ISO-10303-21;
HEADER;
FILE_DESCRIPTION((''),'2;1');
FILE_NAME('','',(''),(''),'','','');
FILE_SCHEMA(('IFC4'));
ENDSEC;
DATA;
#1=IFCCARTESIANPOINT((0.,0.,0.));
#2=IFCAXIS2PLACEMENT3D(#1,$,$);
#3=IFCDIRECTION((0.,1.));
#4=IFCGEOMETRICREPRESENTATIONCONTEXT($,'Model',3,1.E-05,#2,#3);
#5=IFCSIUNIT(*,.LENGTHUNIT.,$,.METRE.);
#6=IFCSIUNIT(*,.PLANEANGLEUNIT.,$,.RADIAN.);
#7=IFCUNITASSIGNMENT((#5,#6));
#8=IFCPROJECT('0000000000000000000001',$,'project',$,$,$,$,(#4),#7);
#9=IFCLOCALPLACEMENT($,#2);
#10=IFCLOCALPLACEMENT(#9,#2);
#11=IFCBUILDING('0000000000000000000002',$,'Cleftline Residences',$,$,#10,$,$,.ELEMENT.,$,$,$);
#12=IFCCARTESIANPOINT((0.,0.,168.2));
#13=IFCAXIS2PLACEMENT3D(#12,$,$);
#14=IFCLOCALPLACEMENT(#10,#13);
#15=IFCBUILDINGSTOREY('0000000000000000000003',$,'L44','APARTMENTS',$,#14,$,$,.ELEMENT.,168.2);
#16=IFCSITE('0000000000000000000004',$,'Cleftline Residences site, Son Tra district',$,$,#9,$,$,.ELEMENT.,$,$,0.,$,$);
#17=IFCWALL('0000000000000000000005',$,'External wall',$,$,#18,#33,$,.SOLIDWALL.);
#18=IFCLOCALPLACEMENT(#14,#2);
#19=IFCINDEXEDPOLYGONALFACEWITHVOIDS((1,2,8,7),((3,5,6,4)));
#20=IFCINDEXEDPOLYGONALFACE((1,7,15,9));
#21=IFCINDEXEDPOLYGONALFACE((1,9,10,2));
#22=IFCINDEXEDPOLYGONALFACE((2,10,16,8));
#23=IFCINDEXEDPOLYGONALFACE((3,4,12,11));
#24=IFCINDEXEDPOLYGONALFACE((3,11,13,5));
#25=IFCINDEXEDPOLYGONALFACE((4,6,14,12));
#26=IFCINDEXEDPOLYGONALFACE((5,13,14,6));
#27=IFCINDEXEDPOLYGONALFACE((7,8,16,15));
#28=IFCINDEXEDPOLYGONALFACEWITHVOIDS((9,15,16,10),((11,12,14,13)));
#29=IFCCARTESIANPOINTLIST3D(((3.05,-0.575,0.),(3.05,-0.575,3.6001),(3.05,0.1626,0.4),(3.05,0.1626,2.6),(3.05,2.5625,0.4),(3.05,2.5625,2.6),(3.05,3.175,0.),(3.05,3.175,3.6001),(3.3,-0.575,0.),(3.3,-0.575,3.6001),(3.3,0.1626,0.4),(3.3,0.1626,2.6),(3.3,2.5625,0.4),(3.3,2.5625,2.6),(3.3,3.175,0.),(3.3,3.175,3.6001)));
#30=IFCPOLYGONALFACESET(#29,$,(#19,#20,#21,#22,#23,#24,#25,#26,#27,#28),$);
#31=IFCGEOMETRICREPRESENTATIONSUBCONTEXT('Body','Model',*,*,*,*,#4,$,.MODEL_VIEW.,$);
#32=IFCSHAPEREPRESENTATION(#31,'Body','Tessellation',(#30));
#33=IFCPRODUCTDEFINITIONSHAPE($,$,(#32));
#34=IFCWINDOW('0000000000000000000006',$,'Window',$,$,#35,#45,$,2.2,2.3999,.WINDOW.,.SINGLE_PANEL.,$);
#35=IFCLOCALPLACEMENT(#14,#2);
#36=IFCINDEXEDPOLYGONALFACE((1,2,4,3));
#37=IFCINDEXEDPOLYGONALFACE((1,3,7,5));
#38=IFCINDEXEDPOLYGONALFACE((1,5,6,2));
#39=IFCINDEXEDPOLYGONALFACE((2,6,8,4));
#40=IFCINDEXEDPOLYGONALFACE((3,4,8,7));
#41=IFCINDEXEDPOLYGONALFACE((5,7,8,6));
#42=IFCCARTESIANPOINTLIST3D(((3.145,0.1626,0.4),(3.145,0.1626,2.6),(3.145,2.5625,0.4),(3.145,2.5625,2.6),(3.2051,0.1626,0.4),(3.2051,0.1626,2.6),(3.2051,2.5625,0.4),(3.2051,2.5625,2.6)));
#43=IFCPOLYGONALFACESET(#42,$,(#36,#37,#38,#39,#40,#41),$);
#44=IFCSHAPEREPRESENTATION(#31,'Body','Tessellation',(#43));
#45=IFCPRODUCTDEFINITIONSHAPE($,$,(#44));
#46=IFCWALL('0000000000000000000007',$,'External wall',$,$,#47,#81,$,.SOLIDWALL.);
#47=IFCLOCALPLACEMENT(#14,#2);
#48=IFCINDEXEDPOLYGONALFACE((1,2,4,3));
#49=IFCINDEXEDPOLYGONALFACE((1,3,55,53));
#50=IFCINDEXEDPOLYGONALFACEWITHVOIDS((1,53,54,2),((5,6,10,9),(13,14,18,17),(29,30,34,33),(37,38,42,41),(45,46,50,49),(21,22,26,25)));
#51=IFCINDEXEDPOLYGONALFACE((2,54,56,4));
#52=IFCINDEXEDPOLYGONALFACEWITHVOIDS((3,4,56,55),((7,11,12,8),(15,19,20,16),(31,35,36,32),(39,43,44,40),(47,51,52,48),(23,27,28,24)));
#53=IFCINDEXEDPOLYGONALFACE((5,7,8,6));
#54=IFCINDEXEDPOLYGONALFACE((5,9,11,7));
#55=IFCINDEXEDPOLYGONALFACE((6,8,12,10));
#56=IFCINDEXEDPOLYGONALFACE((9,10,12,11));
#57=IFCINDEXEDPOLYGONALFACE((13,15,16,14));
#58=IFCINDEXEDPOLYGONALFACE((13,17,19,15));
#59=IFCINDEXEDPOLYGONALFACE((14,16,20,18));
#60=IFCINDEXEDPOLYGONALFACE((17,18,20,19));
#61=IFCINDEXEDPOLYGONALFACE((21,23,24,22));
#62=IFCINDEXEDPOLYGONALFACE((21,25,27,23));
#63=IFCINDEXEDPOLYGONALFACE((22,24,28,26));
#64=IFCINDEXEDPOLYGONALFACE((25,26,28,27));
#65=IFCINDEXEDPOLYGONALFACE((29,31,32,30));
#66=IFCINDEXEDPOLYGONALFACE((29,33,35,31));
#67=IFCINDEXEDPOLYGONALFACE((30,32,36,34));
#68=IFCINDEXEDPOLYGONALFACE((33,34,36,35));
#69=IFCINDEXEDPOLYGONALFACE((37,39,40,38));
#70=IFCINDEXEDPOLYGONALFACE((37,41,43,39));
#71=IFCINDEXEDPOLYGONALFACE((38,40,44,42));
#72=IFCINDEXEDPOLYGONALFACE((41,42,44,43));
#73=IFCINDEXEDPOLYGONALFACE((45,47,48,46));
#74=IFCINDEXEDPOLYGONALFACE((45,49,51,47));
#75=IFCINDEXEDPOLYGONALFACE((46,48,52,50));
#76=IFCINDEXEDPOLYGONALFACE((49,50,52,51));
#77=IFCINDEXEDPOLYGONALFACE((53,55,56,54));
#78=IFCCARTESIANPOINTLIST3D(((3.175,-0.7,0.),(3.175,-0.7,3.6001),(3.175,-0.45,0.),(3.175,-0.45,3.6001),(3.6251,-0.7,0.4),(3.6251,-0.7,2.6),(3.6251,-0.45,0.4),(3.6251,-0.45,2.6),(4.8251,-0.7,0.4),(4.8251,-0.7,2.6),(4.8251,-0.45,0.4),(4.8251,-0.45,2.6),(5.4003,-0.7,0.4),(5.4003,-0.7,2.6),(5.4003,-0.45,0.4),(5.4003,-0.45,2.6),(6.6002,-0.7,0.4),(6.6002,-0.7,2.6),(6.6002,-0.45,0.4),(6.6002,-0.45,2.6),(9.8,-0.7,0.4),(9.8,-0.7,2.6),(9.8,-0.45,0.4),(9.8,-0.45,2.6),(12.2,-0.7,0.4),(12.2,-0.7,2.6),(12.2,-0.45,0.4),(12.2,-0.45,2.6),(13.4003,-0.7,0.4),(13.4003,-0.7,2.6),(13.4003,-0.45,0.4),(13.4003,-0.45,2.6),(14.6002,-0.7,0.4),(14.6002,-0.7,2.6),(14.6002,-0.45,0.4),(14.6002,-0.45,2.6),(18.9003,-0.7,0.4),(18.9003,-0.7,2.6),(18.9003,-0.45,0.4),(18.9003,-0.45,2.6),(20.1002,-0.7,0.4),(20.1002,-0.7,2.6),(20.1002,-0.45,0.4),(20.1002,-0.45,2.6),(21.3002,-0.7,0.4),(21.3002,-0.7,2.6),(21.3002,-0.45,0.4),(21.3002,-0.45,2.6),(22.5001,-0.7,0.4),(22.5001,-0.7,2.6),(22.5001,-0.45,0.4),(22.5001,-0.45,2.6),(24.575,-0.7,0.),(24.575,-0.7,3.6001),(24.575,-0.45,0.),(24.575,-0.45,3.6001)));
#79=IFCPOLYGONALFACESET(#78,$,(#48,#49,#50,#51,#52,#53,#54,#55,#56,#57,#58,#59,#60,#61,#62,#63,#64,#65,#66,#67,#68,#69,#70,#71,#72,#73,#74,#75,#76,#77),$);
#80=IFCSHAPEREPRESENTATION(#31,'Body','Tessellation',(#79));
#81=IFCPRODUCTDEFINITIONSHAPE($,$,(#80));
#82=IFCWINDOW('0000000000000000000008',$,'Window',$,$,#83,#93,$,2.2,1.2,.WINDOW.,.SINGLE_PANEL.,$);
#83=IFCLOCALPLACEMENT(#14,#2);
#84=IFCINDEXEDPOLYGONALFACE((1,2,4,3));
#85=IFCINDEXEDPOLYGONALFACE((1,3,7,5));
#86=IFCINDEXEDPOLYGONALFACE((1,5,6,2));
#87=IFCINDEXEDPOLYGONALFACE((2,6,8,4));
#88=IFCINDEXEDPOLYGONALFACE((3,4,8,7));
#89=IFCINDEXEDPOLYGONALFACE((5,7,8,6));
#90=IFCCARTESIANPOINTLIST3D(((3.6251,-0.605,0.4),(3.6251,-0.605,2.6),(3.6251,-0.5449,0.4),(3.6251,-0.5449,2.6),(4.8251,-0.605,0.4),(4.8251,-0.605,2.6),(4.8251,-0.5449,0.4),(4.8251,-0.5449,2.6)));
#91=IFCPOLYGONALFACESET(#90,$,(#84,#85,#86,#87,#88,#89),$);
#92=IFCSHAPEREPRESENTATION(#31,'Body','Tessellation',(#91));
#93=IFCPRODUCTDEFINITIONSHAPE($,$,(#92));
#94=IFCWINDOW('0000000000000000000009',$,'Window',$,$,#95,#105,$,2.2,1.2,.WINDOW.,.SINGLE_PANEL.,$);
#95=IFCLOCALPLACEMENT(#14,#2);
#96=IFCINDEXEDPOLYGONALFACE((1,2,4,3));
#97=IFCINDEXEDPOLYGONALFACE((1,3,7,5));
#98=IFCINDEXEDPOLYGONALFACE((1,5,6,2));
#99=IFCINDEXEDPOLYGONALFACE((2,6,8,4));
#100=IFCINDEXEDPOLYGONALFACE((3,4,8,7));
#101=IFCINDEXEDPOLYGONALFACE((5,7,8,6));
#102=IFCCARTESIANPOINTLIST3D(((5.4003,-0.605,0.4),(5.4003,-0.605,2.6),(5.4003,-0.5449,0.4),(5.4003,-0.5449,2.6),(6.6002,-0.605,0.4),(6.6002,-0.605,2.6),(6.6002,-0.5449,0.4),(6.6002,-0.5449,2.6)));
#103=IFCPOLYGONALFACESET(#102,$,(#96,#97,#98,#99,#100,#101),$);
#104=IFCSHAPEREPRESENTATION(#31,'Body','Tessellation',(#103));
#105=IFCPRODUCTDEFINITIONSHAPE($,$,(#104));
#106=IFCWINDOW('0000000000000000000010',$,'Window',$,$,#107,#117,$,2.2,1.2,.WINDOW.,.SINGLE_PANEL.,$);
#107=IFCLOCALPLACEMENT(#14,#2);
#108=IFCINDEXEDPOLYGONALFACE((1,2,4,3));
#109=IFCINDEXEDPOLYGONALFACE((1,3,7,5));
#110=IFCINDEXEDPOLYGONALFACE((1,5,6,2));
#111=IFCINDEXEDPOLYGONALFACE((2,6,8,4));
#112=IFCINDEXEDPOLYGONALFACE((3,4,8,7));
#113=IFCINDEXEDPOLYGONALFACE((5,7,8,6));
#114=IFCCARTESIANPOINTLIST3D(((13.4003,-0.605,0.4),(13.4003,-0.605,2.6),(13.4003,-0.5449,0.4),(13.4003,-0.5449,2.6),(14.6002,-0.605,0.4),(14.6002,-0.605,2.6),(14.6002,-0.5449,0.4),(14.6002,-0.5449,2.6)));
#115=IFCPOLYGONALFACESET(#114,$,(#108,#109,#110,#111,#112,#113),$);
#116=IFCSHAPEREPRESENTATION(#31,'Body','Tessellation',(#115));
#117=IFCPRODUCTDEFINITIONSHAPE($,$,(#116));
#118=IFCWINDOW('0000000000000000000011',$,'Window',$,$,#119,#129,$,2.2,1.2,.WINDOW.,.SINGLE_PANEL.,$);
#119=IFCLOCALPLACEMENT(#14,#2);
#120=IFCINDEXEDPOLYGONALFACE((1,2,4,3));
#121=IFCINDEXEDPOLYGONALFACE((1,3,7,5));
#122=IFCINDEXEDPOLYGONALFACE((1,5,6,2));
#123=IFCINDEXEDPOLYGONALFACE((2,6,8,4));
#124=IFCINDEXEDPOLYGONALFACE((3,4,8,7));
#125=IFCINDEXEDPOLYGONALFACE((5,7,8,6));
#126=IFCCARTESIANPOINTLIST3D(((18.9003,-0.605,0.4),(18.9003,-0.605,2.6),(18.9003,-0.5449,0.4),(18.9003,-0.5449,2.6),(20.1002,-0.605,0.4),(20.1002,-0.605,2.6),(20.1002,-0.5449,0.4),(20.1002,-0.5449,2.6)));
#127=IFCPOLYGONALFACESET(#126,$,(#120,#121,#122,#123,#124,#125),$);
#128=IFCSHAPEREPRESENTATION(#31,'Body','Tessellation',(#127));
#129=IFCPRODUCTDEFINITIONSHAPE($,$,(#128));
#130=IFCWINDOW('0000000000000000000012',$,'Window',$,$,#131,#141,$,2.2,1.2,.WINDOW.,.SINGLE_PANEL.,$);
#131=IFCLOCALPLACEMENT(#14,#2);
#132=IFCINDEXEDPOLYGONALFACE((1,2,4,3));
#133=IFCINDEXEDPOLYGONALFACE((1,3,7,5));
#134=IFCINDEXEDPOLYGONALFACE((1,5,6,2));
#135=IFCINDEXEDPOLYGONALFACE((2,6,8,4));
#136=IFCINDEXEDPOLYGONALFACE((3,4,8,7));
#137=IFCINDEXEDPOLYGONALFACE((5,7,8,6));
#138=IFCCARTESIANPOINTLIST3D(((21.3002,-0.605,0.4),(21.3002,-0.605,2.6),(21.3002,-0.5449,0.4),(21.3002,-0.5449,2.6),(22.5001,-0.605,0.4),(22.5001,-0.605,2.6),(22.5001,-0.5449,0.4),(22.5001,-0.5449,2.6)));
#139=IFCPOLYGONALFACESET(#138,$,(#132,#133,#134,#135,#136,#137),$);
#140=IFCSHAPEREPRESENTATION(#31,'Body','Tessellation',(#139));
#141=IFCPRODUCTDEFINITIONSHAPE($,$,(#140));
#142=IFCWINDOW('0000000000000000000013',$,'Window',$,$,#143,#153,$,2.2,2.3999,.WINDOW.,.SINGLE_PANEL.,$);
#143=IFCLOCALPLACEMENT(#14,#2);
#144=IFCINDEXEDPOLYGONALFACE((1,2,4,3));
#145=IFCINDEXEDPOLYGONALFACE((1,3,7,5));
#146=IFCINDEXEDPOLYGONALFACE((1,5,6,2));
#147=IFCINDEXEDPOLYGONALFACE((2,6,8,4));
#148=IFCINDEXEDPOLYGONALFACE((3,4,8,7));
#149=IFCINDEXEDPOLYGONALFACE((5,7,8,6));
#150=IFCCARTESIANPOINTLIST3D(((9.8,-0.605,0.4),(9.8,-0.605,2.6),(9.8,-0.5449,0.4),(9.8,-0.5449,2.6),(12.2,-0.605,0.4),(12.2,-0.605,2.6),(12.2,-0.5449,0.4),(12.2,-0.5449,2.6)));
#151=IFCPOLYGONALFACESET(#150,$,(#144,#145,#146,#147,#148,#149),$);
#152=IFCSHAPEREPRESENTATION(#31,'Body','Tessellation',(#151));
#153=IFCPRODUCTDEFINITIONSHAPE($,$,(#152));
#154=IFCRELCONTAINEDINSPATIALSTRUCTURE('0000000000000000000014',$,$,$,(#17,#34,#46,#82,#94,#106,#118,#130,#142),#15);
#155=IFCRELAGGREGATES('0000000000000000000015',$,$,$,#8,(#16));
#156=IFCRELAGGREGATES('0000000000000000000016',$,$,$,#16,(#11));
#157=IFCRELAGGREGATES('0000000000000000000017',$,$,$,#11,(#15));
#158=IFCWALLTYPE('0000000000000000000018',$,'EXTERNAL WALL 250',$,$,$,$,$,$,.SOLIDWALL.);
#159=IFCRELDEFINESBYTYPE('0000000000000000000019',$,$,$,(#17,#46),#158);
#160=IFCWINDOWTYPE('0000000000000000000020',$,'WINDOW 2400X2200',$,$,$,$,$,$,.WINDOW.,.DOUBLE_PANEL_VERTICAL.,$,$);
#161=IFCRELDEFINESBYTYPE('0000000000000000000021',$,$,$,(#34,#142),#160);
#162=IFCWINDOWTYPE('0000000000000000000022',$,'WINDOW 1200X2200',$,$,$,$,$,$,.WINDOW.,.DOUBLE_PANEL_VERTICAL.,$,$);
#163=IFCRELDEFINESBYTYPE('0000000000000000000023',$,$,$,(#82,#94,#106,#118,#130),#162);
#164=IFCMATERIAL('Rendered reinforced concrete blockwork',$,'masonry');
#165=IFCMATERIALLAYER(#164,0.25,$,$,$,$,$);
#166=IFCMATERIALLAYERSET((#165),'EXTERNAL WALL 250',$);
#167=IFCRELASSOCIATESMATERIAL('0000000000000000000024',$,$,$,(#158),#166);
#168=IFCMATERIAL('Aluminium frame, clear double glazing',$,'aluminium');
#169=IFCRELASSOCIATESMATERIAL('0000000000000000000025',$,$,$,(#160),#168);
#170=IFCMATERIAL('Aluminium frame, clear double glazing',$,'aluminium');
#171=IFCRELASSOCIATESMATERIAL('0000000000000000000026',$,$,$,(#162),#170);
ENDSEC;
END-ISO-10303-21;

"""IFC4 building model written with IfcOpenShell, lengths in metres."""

from ifc_helpers import new_model, si_unit, direction, frame, frame_2d, origin, place, context, subcontext, project, spatial, rectangle, extrude, material, layer, layer_set, type_object, element, fill, save


model = new_model("IFC4")

# Units and contexts
model_context = context("Model", 3, precision=1e-05, world=origin(), true_north=direction((0.0, 1.0)))
body_context = subcontext(model_context, "Body", "Model", "MODEL_VIEW")
ifc_project = project(units=[si_unit("LENGTHUNIT", "METRE"), si_unit("PLANEANGLEUNIT", "RADIAN")], contexts=[model_context])

# Site, building, storey
site_placement = place(None, origin())
site = spatial("IfcSite", under=ifc_project, at=site_placement, Name="Cleftline Residences site, Son Tra district", CompositionType="ELEMENT", RefElevation=0.0)
building_placement = place(site_placement, origin())
building = spatial("IfcBuilding", under=site, at=building_placement, Name="Cleftline Residences", CompositionType="ELEMENT")
storey_placement = place(building_placement, frame((0.0, 0.0, 168.2)))
storey = spatial("IfcBuildingStorey", under=building, at=storey_placement, Name="L44", Description="APARTMENTS", CompositionType="ELEMENT", Elevation=168.2)

# Wall, opening, window
ifc_material_1 = material(Name="Rendered reinforced concrete blockwork", Category="masonry")
ifc_layer_1 = layer(ifc_material_1, 0.25)
ifc_layer_set_1 = layer_set([ifc_layer_1], Name="EXTERNAL WALL 250")
wall_type_1 = type_object("IfcWallType", Name="EXTERNAL WALL 250", PredefinedType="SOLIDWALL", material=ifc_layer_set_1)
wall_1_placement = place(storey_placement, frame((3.175, 3.175, 0.0), z_axis=(0.0, 0.0, 1.0), x_axis=(0.0, -1.0, 0.0)))
wall_1 = element("IfcWall", 1, at=wall_1_placement, inside=storey, type_object=wall_type_1, Name="External wall", PredefinedType="SOLIDWALL", context=body_context, shape_type="SweptSolid", body=[
    extrude(rectangle(XDim=3.75, YDim=0.25, at=frame_2d((1.875, 0.0))), origin(), (0.0, 0.0, 1.0), 3.6001),
])
opening_1_placement = place(wall_1_placement, frame((0.6125, 0.0, 0.3999)))
opening_1 = element("IfcOpeningElement", 2, at=opening_1_placement, cuts=wall_1, PredefinedType="OPENING", context=body_context, shape_type="SweptSolid", body=[
    extrude(rectangle(XDim=2.3999, YDim=2.2, at=frame_2d((1.2, 1.1001))), frame((0.0, 0.135, 0.0), z_axis=(0.0, -1.0, 0.0), x_axis=(1.0, 0.0, 0.0)), (0.0, 0.0, 1.0), 0.27),
])
ifc_material_2 = material(Name="Aluminium frame, clear double glazing", Category="aluminium")
window_type_1 = type_object("IfcWindowType", Name="WINDOW 2400X2200", PartitioningType="DOUBLE_PANEL_VERTICAL", PredefinedType="WINDOW", material=ifc_material_2)
window_1_placement = place(opening_1_placement, origin())
window_1 = element("IfcWindow", 3, at=window_1_placement, inside=storey, type_object=window_type_1, Name="Window", OverallHeight=2.2, OverallWidth=2.3999, PartitioningType="SINGLE_PANEL", PredefinedType="WINDOW", context=body_context, shape_type="SweptSolid", body=[
    extrude(rectangle(XDim=2.3999, YDim=2.2, at=frame_2d((1.2, 1.1001))), frame((0.0, 0.03, 0.0), z_axis=(0.0, -1.0, 0.0), x_axis=(1.0, 0.0, 0.0)), (0.0, 0.0, 1.0), 0.0601),
])
fill(opening_1, window_1)

# Wall, openings, windows
wall_2_placement = place(storey_placement, frame((3.175, -0.575, 0.0), z_axis=(0.0, 0.0, 1.0), x_axis=(1.0, 0.0, 0.0)))
wall_2 = element("IfcWall", 4, at=wall_2_placement, inside=storey, type_object=wall_type_1, Name="External wall", PredefinedType="SOLIDWALL", context=body_context, shape_type="SweptSolid", body=[
    extrude(rectangle(XDim=21.3999, YDim=0.25, at=frame_2d((10.7, 0.0))), origin(), (0.0, 0.0, 1.0), 3.6001),
])
opening_2_placement = place(wall_2_placement, frame((0.45, 0.0, 0.3999)))
opening_2 = element("IfcOpeningElement", 5, at=opening_2_placement, cuts=wall_2, PredefinedType="OPENING", context=body_context, shape_type="SweptSolid", body=[
    extrude(rectangle(XDim=1.2, YDim=2.2, at=frame_2d((0.6001, 1.1001))), frame((0.0, 0.135, 0.0), z_axis=(0.0, -1.0, 0.0), x_axis=(1.0, 0.0, 0.0)), (0.0, 0.0, 1.0), 0.27),
])
opening_3_placement = place(wall_2_placement, frame((2.2251, 0.0, 0.3999)))
opening_3 = element("IfcOpeningElement", 6, at=opening_3_placement, cuts=wall_2, PredefinedType="OPENING", context=body_context, shape_type="SweptSolid", body=[
    extrude(rectangle(XDim=1.2, YDim=2.2, at=frame_2d((0.6001, 1.1001))), frame((0.0, 0.135, 0.0), z_axis=(0.0, -1.0, 0.0), x_axis=(1.0, 0.0, 0.0)), (0.0, 0.0, 1.0), 0.27),
])
opening_4_placement = place(wall_2_placement, frame((6.625, 0.0, 0.3999)))
opening_4 = element("IfcOpeningElement", 7, at=opening_4_placement, cuts=wall_2, PredefinedType="OPENING", context=body_context, shape_type="SweptSolid", body=[
    extrude(rectangle(XDim=2.3999, YDim=2.2, at=frame_2d((1.2, 1.1001))), frame((0.0, 0.135, 0.0), z_axis=(0.0, -1.0, 0.0), x_axis=(1.0, 0.0, 0.0)), (0.0, 0.0, 1.0), 0.27),
])
opening_5_placement = place(wall_2_placement, frame((10.2251, 0.0, 0.3999)))
opening_5 = element("IfcOpeningElement", 8, at=opening_5_placement, cuts=wall_2, PredefinedType="OPENING", context=body_context, shape_type="SweptSolid", body=[
    extrude(rectangle(XDim=1.2, YDim=2.2, at=frame_2d((0.6001, 1.1001))), frame((0.0, 0.135, 0.0), z_axis=(0.0, -1.0, 0.0), x_axis=(1.0, 0.0, 0.0)), (0.0, 0.0, 1.0), 0.27),
])
opening_6_placement = place(wall_2_placement, frame((15.7251, 0.0, 0.3999)))
opening_6 = element("IfcOpeningElement", 9, at=opening_6_placement, cuts=wall_2, PredefinedType="OPENING", context=body_context, shape_type="SweptSolid", body=[
    extrude(rectangle(XDim=1.2, YDim=2.2, at=frame_2d((0.6001, 1.1001))), frame((0.0, 0.135, 0.0), z_axis=(0.0, -1.0, 0.0), x_axis=(1.0, 0.0, 0.0)), (0.0, 0.0, 1.0), 0.27),
])
opening_7_placement = place(wall_2_placement, frame((18.125, 0.0, 0.3999)))
opening_7 = element("IfcOpeningElement", 10, at=opening_7_placement, cuts=wall_2, PredefinedType="OPENING", context=body_context, shape_type="SweptSolid", body=[
    extrude(rectangle(XDim=1.2, YDim=2.2, at=frame_2d((0.6001, 1.1001))), frame((0.0, 0.135, 0.0), z_axis=(0.0, -1.0, 0.0), x_axis=(1.0, 0.0, 0.0)), (0.0, 0.0, 1.0), 0.27),
])
ifc_material_3 = material(Name="Aluminium frame, clear double glazing", Category="aluminium")
window_type_2 = type_object("IfcWindowType", Name="WINDOW 1200X2200", PartitioningType="DOUBLE_PANEL_VERTICAL", PredefinedType="WINDOW", material=ifc_material_3)
window_2_placement = place(opening_2_placement, origin())
window_2 = element("IfcWindow", 11, at=window_2_placement, inside=storey, type_object=window_type_2, Name="Window", OverallHeight=2.2, OverallWidth=1.2, PartitioningType="SINGLE_PANEL", PredefinedType="WINDOW", context=body_context, shape_type="SweptSolid", body=[
    extrude(rectangle(XDim=1.2, YDim=2.2, at=frame_2d((0.6001, 1.1001))), frame((0.0, 0.03, 0.0), z_axis=(0.0, -1.0, 0.0), x_axis=(1.0, 0.0, 0.0)), (0.0, 0.0, 1.0), 0.0601),
])
fill(opening_2, window_2)
window_3_placement = place(opening_3_placement, origin())
window_3 = element("IfcWindow", 12, at=window_3_placement, inside=storey, type_object=window_type_2, Name="Window", OverallHeight=2.2, OverallWidth=1.2, PartitioningType="SINGLE_PANEL", PredefinedType="WINDOW", context=body_context, shape_type="SweptSolid", body=[
    extrude(rectangle(XDim=1.2, YDim=2.2, at=frame_2d((0.6001, 1.1001))), frame((0.0, 0.03, 0.0), z_axis=(0.0, -1.0, 0.0), x_axis=(1.0, 0.0, 0.0)), (0.0, 0.0, 1.0), 0.0601),
])
fill(opening_3, window_3)
window_4_placement = place(opening_5_placement, origin())
window_4 = element("IfcWindow", 13, at=window_4_placement, inside=storey, type_object=window_type_2, Name="Window", OverallHeight=2.2, OverallWidth=1.2, PartitioningType="SINGLE_PANEL", PredefinedType="WINDOW", context=body_context, shape_type="SweptSolid", body=[
    extrude(rectangle(XDim=1.2, YDim=2.2, at=frame_2d((0.6001, 1.1001))), frame((0.0, 0.03, 0.0), z_axis=(0.0, -1.0, 0.0), x_axis=(1.0, 0.0, 0.0)), (0.0, 0.0, 1.0), 0.0601),
])
fill(opening_5, window_4)
window_5_placement = place(opening_6_placement, origin())
window_5 = element("IfcWindow", 14, at=window_5_placement, inside=storey, type_object=window_type_2, Name="Window", OverallHeight=2.2, OverallWidth=1.2, PartitioningType="SINGLE_PANEL", PredefinedType="WINDOW", context=body_context, shape_type="SweptSolid", body=[
    extrude(rectangle(XDim=1.2, YDim=2.2, at=frame_2d((0.6001, 1.1001))), frame((0.0, 0.03, 0.0), z_axis=(0.0, -1.0, 0.0), x_axis=(1.0, 0.0, 0.0)), (0.0, 0.0, 1.0), 0.0601),
])
fill(opening_6, window_5)
window_6_placement = place(opening_7_placement, origin())
window_6 = element("IfcWindow", 15, at=window_6_placement, inside=storey, type_object=window_type_2, Name="Window", OverallHeight=2.2, OverallWidth=1.2, PartitioningType="SINGLE_PANEL", PredefinedType="WINDOW", context=body_context, shape_type="SweptSolid", body=[
    extrude(rectangle(XDim=1.2, YDim=2.2, at=frame_2d((0.6001, 1.1001))), frame((0.0, 0.03, 0.0), z_axis=(0.0, -1.0, 0.0), x_axis=(1.0, 0.0, 0.0)), (0.0, 0.0, 1.0), 0.0601),
])
fill(opening_7, window_6)
window_7_placement = place(opening_4_placement, origin())
window_7 = element("IfcWindow", 16, at=window_7_placement, inside=storey, type_object=window_type_1, Name="Window", OverallHeight=2.2, OverallWidth=2.3999, PartitioningType="SINGLE_PANEL", PredefinedType="WINDOW", context=body_context, shape_type="SweptSolid", body=[
    extrude(rectangle(XDim=2.3999, YDim=2.2, at=frame_2d((1.2, 1.1001))), frame((0.0, 0.03, 0.0), z_axis=(0.0, -1.0, 0.0), x_axis=(1.0, 0.0, 0.0)), (0.0, 0.0, 1.0), 0.0601),
])
fill(opening_4, window_7)

save(model, "model.ifc")
